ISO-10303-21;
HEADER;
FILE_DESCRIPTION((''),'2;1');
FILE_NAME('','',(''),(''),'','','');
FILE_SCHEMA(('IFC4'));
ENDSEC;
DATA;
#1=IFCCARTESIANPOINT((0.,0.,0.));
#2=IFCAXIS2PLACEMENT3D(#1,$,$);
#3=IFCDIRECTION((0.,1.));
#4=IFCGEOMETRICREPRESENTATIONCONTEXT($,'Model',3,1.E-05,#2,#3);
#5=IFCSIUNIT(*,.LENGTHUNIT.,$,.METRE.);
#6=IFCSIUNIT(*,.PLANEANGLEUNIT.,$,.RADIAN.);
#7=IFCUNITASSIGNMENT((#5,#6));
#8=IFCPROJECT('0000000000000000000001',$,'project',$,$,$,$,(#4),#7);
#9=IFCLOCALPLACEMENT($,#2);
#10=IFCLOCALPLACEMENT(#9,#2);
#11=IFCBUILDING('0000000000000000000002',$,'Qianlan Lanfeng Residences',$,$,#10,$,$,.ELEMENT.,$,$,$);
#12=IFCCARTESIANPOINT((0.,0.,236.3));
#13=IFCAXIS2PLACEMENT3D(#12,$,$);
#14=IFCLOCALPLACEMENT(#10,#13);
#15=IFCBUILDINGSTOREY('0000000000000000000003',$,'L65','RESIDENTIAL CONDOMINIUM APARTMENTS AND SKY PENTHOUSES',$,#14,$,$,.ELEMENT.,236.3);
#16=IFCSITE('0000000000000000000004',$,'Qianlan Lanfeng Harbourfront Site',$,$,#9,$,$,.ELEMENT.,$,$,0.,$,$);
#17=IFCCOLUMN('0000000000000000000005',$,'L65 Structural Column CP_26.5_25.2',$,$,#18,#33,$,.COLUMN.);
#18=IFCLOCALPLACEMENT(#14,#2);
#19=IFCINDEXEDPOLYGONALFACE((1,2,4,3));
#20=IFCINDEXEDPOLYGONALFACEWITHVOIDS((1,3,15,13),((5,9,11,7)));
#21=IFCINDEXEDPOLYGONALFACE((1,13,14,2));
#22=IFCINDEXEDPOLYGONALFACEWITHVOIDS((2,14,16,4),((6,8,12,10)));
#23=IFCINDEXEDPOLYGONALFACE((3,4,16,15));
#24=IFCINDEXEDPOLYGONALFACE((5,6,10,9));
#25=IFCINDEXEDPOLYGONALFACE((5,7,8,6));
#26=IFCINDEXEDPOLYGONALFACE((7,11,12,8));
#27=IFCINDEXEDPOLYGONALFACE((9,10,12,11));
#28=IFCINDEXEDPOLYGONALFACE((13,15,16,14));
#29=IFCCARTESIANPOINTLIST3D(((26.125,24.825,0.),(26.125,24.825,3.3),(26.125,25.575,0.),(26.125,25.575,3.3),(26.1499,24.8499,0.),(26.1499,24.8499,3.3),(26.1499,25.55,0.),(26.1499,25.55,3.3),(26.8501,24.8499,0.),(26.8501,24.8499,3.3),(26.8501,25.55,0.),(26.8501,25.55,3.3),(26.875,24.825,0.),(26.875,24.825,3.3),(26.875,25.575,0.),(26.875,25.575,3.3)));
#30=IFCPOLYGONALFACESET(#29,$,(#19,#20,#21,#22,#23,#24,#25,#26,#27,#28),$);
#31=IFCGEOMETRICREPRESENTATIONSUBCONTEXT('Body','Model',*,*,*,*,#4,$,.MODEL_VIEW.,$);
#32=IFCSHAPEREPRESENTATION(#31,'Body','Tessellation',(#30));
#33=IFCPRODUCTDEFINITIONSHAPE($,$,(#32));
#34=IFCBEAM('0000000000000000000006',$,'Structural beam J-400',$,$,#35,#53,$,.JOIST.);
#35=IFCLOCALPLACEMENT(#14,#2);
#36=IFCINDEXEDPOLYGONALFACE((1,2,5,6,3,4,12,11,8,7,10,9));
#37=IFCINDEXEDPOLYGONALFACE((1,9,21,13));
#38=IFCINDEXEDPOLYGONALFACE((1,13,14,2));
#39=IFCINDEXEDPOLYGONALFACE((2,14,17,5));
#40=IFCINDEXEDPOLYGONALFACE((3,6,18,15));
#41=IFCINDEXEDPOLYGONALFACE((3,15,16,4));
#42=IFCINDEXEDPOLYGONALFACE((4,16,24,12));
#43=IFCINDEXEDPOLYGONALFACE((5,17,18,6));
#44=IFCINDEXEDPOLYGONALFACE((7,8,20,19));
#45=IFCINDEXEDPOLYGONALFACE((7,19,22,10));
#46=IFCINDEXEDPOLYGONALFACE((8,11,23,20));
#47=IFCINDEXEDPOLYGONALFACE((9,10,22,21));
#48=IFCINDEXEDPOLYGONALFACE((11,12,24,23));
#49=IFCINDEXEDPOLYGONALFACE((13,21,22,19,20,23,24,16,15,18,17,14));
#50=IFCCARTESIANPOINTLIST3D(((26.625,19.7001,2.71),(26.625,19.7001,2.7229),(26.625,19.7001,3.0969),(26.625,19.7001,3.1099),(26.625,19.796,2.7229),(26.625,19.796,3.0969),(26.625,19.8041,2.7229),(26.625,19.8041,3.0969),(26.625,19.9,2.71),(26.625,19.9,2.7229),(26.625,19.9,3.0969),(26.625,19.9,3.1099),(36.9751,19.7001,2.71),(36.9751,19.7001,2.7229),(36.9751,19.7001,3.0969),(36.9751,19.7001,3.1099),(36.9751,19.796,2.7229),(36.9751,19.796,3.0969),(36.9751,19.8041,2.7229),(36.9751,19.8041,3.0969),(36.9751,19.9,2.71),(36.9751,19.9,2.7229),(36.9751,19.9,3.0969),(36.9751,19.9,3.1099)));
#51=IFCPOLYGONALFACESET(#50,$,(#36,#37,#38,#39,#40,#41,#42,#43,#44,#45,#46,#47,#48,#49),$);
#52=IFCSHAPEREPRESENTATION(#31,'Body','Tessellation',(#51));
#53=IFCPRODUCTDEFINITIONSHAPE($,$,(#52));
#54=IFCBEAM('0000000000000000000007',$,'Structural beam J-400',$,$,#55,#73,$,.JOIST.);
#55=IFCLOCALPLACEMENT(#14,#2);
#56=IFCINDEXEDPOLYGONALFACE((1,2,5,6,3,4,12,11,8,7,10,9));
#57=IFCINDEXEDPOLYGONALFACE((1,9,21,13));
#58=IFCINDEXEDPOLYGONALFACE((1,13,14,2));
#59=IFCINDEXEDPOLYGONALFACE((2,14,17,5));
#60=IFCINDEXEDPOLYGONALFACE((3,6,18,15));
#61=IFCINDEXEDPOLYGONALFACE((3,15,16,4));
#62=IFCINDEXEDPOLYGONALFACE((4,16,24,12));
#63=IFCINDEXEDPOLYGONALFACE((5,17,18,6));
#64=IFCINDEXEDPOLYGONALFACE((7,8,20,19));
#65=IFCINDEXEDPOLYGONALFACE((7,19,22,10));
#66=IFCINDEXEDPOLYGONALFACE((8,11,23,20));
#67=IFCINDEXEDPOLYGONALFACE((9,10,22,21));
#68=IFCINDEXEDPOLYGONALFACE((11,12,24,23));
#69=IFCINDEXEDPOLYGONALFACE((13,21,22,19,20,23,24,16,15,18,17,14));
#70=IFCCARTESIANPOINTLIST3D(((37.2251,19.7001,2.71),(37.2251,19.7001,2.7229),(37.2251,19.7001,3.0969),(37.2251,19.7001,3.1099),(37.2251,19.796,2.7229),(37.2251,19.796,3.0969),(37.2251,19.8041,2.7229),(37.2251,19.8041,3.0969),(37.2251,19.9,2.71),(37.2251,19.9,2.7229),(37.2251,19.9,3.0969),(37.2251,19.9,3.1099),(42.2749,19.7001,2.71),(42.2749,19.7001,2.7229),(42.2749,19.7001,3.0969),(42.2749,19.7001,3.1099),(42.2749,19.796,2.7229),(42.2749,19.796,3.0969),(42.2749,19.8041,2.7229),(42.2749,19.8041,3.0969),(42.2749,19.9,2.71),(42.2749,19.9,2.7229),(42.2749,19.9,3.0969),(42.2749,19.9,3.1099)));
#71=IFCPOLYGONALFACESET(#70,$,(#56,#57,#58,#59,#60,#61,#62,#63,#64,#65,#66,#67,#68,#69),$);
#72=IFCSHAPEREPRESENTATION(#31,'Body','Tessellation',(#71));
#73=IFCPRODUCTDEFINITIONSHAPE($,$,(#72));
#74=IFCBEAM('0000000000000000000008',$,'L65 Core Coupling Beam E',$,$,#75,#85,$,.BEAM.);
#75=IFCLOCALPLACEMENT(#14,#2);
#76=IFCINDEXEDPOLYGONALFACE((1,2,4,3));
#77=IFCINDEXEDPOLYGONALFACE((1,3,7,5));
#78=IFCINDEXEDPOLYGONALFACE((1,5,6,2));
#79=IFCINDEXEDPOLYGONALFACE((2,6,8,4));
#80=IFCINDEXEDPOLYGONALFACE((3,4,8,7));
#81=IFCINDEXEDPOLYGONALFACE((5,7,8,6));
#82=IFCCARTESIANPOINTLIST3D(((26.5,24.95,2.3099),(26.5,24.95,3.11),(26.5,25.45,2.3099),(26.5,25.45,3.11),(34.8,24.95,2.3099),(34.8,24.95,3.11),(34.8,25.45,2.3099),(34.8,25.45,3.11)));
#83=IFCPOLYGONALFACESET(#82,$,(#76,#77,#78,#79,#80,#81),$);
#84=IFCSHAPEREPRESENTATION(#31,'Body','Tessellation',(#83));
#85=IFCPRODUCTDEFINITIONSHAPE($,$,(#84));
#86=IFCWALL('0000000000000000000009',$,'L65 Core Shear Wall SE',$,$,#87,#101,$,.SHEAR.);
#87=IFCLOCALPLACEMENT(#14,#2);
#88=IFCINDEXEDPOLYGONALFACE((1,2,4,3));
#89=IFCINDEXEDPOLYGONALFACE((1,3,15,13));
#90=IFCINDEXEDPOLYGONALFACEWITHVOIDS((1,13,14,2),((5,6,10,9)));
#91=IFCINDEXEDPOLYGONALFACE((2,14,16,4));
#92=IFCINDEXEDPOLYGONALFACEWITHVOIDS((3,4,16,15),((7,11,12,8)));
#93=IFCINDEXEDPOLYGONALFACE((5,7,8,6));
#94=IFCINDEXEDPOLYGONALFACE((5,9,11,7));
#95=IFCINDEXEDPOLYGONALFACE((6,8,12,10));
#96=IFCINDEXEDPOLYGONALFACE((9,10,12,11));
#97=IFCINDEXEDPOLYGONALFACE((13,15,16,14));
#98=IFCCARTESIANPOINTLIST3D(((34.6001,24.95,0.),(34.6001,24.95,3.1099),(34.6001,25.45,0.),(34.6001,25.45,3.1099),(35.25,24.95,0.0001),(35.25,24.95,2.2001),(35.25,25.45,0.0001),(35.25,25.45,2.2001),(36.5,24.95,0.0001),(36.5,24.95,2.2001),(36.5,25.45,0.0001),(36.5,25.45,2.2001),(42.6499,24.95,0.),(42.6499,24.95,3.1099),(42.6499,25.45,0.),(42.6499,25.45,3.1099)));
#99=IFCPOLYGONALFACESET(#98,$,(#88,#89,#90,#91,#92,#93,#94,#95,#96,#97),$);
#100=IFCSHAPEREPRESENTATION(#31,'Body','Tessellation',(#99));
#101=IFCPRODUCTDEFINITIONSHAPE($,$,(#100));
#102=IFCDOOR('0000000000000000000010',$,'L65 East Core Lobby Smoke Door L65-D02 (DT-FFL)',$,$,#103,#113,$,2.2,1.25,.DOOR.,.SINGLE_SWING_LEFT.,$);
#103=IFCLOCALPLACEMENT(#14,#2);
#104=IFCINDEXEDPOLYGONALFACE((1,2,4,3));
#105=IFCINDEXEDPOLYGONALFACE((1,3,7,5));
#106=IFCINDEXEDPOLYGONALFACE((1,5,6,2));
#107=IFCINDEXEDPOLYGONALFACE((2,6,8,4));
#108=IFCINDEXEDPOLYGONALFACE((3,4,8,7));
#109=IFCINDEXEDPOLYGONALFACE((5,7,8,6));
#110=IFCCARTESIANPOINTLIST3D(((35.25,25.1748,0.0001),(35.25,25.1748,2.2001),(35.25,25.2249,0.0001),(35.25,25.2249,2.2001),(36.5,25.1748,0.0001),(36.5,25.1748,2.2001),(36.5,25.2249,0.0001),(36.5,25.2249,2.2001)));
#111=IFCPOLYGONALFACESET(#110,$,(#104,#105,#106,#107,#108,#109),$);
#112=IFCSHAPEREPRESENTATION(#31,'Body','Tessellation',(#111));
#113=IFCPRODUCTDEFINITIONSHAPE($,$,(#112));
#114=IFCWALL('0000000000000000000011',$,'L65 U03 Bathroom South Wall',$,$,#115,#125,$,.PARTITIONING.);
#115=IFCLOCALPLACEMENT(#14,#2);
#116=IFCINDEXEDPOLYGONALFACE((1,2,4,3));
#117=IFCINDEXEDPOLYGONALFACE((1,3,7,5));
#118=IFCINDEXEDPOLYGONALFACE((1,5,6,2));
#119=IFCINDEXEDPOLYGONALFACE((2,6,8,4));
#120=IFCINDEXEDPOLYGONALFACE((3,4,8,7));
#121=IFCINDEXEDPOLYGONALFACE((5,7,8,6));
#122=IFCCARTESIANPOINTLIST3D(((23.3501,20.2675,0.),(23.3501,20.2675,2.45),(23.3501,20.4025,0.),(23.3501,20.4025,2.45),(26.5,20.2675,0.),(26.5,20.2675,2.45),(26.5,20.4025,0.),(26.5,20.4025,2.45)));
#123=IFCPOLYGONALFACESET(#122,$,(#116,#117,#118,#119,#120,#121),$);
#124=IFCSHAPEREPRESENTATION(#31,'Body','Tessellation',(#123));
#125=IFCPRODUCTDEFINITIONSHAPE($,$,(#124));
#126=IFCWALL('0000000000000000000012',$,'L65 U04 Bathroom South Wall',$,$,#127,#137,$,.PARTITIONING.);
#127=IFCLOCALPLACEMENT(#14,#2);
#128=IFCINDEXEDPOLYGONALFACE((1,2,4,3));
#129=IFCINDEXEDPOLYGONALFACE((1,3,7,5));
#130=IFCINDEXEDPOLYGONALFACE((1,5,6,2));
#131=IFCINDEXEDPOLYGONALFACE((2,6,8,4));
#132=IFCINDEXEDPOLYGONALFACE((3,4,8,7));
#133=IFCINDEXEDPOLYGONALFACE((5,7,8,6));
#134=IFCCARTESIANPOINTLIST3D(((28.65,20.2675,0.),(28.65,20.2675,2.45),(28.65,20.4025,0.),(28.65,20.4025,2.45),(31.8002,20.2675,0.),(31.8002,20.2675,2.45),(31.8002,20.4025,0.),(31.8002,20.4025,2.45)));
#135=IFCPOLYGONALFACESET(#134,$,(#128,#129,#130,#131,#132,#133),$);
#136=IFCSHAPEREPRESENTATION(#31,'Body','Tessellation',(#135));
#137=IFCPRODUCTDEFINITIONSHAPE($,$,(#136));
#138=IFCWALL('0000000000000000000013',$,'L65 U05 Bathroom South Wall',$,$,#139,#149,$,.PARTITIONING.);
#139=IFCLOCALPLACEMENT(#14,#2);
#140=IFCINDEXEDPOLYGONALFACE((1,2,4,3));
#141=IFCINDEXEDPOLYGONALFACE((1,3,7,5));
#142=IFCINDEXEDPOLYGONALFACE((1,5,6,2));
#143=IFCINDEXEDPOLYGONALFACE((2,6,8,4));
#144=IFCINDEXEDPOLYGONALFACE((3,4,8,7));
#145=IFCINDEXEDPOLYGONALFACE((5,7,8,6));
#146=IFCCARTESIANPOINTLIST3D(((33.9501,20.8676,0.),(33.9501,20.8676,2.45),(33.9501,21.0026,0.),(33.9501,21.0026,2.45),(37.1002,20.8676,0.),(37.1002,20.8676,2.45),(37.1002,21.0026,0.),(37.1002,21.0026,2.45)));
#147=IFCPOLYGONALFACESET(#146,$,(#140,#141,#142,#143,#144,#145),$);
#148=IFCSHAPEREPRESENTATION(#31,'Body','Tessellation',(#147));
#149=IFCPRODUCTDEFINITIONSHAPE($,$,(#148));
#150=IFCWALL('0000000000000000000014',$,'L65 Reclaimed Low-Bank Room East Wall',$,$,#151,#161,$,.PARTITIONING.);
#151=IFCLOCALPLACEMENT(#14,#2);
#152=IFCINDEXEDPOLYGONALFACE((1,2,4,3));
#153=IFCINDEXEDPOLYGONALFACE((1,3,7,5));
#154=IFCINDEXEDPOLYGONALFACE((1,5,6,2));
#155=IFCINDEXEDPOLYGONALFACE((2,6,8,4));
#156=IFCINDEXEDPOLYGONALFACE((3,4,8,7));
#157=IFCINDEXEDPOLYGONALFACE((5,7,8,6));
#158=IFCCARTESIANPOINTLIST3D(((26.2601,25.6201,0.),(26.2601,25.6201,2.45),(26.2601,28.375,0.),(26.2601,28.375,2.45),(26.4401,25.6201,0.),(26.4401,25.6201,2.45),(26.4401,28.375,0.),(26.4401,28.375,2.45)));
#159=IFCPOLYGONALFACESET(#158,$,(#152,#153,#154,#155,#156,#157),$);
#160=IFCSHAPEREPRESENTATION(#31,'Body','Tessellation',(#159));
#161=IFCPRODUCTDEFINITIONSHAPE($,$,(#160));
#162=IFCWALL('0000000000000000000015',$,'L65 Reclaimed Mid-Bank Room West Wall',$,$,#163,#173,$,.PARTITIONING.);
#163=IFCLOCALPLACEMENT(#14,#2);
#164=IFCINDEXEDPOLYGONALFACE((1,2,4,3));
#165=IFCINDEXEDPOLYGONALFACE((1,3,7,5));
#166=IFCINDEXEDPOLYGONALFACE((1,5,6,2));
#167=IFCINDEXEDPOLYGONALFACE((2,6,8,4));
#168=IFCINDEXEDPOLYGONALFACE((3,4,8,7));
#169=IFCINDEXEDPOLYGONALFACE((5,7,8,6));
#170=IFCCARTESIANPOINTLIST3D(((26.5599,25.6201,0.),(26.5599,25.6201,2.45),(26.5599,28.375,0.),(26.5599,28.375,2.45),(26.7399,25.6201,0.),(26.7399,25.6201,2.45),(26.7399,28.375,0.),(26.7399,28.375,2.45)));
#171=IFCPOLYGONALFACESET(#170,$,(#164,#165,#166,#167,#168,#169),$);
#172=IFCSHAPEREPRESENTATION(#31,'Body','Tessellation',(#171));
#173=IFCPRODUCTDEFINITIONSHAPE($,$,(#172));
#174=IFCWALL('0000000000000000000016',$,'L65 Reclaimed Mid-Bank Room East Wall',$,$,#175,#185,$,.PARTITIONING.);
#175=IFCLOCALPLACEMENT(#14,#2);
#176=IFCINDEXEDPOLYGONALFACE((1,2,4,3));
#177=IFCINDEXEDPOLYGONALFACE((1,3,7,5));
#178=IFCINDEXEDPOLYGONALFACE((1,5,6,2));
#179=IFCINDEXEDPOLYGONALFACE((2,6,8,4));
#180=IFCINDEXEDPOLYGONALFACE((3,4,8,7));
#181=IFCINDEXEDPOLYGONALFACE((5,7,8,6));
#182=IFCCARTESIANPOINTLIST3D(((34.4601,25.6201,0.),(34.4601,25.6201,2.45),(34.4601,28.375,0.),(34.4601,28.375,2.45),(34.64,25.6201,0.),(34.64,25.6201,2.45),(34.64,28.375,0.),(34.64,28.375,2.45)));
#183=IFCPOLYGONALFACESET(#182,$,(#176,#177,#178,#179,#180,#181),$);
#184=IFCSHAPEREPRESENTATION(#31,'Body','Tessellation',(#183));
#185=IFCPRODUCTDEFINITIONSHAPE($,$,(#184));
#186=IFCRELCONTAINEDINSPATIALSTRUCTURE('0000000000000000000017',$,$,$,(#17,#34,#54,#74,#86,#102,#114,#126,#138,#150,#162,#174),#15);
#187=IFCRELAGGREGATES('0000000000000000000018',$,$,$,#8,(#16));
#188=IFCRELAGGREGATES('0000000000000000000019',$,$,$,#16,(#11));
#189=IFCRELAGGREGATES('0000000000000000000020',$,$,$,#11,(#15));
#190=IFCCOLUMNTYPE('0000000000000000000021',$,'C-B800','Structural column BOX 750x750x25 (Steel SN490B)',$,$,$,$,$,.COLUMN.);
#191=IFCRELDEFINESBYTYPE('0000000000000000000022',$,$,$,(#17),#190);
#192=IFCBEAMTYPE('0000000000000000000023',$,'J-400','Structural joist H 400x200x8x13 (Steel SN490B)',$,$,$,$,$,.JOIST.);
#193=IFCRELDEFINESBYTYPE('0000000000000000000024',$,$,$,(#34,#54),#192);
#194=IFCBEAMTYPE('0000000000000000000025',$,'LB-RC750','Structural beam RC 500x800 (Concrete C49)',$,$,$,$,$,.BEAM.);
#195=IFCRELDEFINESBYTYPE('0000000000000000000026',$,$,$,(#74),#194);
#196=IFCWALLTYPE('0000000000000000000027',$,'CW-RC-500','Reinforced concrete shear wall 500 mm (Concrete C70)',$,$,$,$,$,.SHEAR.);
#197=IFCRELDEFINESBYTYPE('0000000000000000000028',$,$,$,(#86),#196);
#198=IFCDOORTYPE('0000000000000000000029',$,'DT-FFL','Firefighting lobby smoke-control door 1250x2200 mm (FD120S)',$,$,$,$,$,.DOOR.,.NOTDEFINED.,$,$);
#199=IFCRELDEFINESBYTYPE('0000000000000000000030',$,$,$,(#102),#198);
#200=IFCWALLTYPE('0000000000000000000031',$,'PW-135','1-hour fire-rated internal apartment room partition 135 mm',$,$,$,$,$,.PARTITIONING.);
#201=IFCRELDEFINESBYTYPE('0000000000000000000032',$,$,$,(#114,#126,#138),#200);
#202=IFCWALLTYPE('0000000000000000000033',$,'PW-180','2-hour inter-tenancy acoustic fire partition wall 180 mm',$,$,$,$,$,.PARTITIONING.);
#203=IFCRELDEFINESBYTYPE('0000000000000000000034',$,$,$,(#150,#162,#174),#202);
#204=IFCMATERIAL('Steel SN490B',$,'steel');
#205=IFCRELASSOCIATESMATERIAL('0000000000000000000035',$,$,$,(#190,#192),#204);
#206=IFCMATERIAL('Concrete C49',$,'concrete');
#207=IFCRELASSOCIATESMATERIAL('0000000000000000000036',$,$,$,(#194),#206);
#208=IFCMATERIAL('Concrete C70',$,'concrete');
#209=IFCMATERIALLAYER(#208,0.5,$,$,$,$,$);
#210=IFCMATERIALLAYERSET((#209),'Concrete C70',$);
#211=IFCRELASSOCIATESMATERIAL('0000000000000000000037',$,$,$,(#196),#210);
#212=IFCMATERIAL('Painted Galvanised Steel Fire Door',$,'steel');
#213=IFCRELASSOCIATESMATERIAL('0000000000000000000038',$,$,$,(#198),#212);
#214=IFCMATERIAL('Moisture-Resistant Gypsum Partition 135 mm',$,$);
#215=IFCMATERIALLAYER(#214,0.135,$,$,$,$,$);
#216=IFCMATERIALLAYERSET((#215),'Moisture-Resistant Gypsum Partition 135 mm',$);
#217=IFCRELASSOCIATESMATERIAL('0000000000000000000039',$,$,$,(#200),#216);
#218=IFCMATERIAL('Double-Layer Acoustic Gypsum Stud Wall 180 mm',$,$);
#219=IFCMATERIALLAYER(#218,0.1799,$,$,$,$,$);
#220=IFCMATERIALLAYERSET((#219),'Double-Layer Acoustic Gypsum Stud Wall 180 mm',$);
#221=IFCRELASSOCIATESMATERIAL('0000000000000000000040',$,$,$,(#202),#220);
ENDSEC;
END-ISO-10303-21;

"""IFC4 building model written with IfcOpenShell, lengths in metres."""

from ifc_helpers import new_model, si_unit, direction, frame, frame_2d, origin, origin_2d, place, context, subcontext, project, spatial, rectangle, hollow_rectangle, i_section, extrude, material, layer, layer_set, material_profile, profile_set, type_object, element, fill, save


model = new_model("IFC4")

# Units and contexts
model_context = context("Model", 3, precision=1e-05, world=origin(), true_north=direction((0.0, 1.0)))
body_context = subcontext(model_context, "Body", "Model", "MODEL_VIEW")
ifc_project = project(units=[si_unit("LENGTHUNIT", "METRE"), si_unit("PLANEANGLEUNIT", "RADIAN")], contexts=[model_context])

# Site, building, storey
site_placement = place(None, origin())
site = spatial("IfcSite", under=ifc_project, at=site_placement, Name="Qianlan Lanfeng Harbourfront Site", CompositionType="ELEMENT", RefElevation=0.0)
building_placement = place(site_placement, origin())
building = spatial("IfcBuilding", under=site, at=building_placement, Name="Qianlan Lanfeng Residences", CompositionType="ELEMENT")
storey_placement = place(building_placement, frame((0.0, 0.0, 236.3)))
storey = spatial("IfcBuildingStorey", under=building, at=storey_placement, Name="L65", Description="RESIDENTIAL CONDOMINIUM APARTMENTS AND SKY PENTHOUSES", CompositionType="ELEMENT", Elevation=236.3)

# Column
ifc_material_1 = material(Name="Steel SN490B", Category="steel")
ifc_material_profile_1 = material_profile(ifc_material_1, hollow_rectangle(XDim=0.75, YDim=0.75, WallThickness=0.0249, at=origin_2d()), Name="BOX 750x750x25")
ifc_profile_set_1 = profile_set([ifc_material_profile_1], Name="Steel SN490B")
column_type = type_object("IfcColumnType", Name="C-B800", Description="Structural column BOX 750x750x25 (Steel SN490B)", PredefinedType="COLUMN", material=ifc_profile_set_1)
column_placement = place(storey_placement, frame((26.5, 25.2, 0.0), z_axis=(0.0, 0.0, 1.0), x_axis=(1.0, 0.0, 0.0)))
element("IfcColumn", 1, at=column_placement, inside=storey, type_object=column_type, Name="L65 Structural Column CP_26.5_25.2", PredefinedType="COLUMN", context=body_context, shape_type="SweptSolid", body=[
    extrude(hollow_rectangle(XDim=0.75, YDim=0.75, WallThickness=0.0249, at=origin_2d()), origin(), (0.0, 0.0, 1.0), 3.3),
])

# Beams
ifc_material_profile_2 = material_profile(ifc_material_1, i_section(OverallWidth=0.2, OverallDepth=0.3999, WebThickness=0.0081, FlangeThickness=0.0129, at=origin_2d()), Name="H 400x200x8x13")
ifc_profile_set_2 = profile_set([ifc_material_profile_2], Name="Steel SN490B")
beam_type_1 = type_object("IfcBeamType", Name="J-400", Description="Structural joist H 400x200x8x13 (Steel SN490B)", PredefinedType="JOIST", material=ifc_profile_set_2)
beam_1_placement = place(storey_placement, frame((26.625, 19.8, 2.9099), z_axis=(1.0, 0.0, 0.0), x_axis=(0.0, 1.0, 0.0)))
element("IfcBeam", 2, at=beam_1_placement, inside=storey, type_object=beam_type_1, Name="Structural beam J-400", PredefinedType="JOIST", context=body_context, shape_type="SweptSolid", body=[
    extrude(i_section(OverallWidth=0.2, OverallDepth=0.3999, WebThickness=0.0081, FlangeThickness=0.0129, at=origin_2d()), origin(), (0.0, 0.0, 1.0), 10.3501),
])
beam_2_placement = place(storey_placement, frame((37.2251, 19.8, 2.9099), z_axis=(1.0, 0.0, 0.0), x_axis=(0.0, 1.0, 0.0)))
element("IfcBeam", 3, at=beam_2_placement, inside=storey, type_object=beam_type_1, Name="Structural beam J-400", PredefinedType="JOIST", context=body_context, shape_type="SweptSolid", body=[
    extrude(i_section(OverallWidth=0.2, OverallDepth=0.3999, WebThickness=0.0081, FlangeThickness=0.0129, at=origin_2d()), origin(), (0.0, 0.0, 1.0), 5.0498),
])
ifc_material_2 = material(Name="Concrete C49", Category="concrete")
ifc_material_profile_3 = material_profile(ifc_material_2, rectangle(XDim=0.5, YDim=0.8, at=origin_2d()), Name="RC 500x800")
ifc_profile_set_3 = profile_set([ifc_material_profile_3], Name="Concrete C49")
beam_type_2 = type_object("IfcBeamType", Name="LB-RC750", Description="Structural beam RC 500x800 (Concrete C49)", PredefinedType="BEAM", material=ifc_profile_set_3)
beam_3_placement = place(storey_placement, frame((26.5, 25.2, 2.71), z_axis=(1.0, 0.0, 0.0), x_axis=(0.0, 1.0, 0.0)))
element("IfcBeam", 4, at=beam_3_placement, inside=storey, type_object=beam_type_2, Name="L65 Core Coupling Beam E", PredefinedType="BEAM", context=body_context, shape_type="SweptSolid", body=[
    extrude(rectangle(XDim=0.5, YDim=0.8, at=origin_2d()), origin(), (0.0, 0.0, 1.0), 8.3),
])

# Wall, opening, door
ifc_material_3 = material(Name="Concrete C70", Category="concrete")
ifc_layer_1 = layer(ifc_material_3, 0.5)
ifc_layer_set_1 = layer_set([ifc_layer_1], Name="Concrete C70")
wall_type_1 = type_object("IfcWallType", Name="CW-RC-500", Description="Reinforced concrete shear wall 500 mm (Concrete C70)", PredefinedType="SHEAR", material=ifc_layer_set_1)
wall_1_placement = place(storey_placement, frame((34.6001, 25.2, 0.0), z_axis=(0.0, 0.0, 1.0), x_axis=(1.0, 0.0, 0.0)))
wall_1 = element("IfcWall", 5, at=wall_1_placement, inside=storey, type_object=wall_type_1, Name="L65 Core Shear Wall SE", PredefinedType="SHEAR", context=body_context, shape_type="SweptSolid", body=[
    extrude(rectangle(XDim=8.0498, YDim=0.5, at=frame_2d((4.0249, 0.0))), origin(), (0.0, 0.0, 1.0), 3.1099),
])
opening_1_placement = place(wall_1_placement, frame((0.6499, 0.0, 0.0)))
opening_1 = element("IfcOpeningElement", 6, at=opening_1_placement, cuts=wall_1, PredefinedType="OPENING", context=body_context, shape_type="SweptSolid", body=[
    extrude(rectangle(XDim=1.25, YDim=2.2, at=frame_2d((0.625, 1.1001))), frame((0.0, 0.26, 0.0), z_axis=(0.0, -1.0, 0.0), x_axis=(1.0, 0.0, 0.0)), (0.0, 0.0, 1.0), 0.52),
])
ifc_material_4 = material(Name="Painted Galvanised Steel Fire Door", Category="steel")
door_type_1 = type_object("IfcDoorType", Name="DT-FFL", Description="Firefighting lobby smoke-control door 1250x2200 mm (FD120S)", OperationType="NOTDEFINED", PredefinedType="DOOR", material=ifc_material_4)
door_1_placement = place(opening_1_placement, origin())
door_1 = element("IfcDoor", 7, at=door_1_placement, inside=storey, type_object=door_type_1, Name="L65 East Core Lobby Smoke Door L65-D02 (DT-FFL)", OperationType="SINGLE_SWING_LEFT", OverallHeight=2.2, OverallWidth=1.25, PredefinedType="DOOR", context=body_context, shape_type="SweptSolid", body=[
    extrude(rectangle(XDim=1.25, YDim=2.2, at=frame_2d((0.625, 1.1001))), frame((0.0, 0.0249, 0.0), z_axis=(0.0, -1.0, 0.0), x_axis=(1.0, 0.0, 0.0)), (0.0, 0.0, 1.0), 0.05),
])
fill(opening_1, door_1)

# Walls
ifc_material_5 = material(Name="Moisture-Resistant Gypsum Partition 135 mm")
ifc_layer_2 = layer(ifc_material_5, 0.135)
ifc_layer_set_2 = layer_set([ifc_layer_2], Name="Moisture-Resistant Gypsum Partition 135 mm")
wall_type_2 = type_object("IfcWallType", Name="PW-135", Description="1-hour fire-rated internal apartment room partition 135 mm", PredefinedType="PARTITIONING", material=ifc_layer_set_2)
wall_2_placement = place(storey_placement, frame((23.3501, 20.335, 0.0), z_axis=(0.0, 0.0, 1.0), x_axis=(1.0, 0.0, 0.0)))
element("IfcWall", 8, at=wall_2_placement, inside=storey, type_object=wall_type_2, Name="L65 U03 Bathroom South Wall", PredefinedType="PARTITIONING", context=body_context, shape_type="SweptSolid", body=[
    extrude(rectangle(XDim=3.1499, YDim=0.135, at=frame_2d((1.575, 0.0))), origin(), (0.0, 0.0, 1.0), 2.45),
])
for number, where, z_axis, x_axis, name in (
    (9, (28.6499, 20.335, 0.0), (0.0, 0.0, 1.0), (1.0, 0.0, 0.0), "L65 U04 Bathroom South Wall"),
    (10, (33.95, 20.9351, 0.0), (0.0, 0.0, 1.0), (1.0, 0.0, 0.0), "L65 U05 Bathroom South Wall"),
):
    element("IfcWall", number, at=place(storey_placement, frame(where, z_axis=z_axis, x_axis=x_axis)), inside=storey, type_object=wall_type_2, Name=name, PredefinedType="PARTITIONING", context=body_context, shape_type="SweptSolid", body=[
        extrude(rectangle(XDim=3.1501, YDim=0.135, at=frame_2d((1.5752, 0.0))), origin(), (0.0, 0.0, 1.0), 2.45),
    ])

# Shared definitions
ifc_material_6 = material(Name="Double-Layer Acoustic Gypsum Stud Wall 180 mm")
ifc_layer_3 = layer(ifc_material_6, 0.1799)
ifc_layer_set_3 = layer_set([ifc_layer_3], Name="Double-Layer Acoustic Gypsum Stud Wall 180 mm")
wall_type_3 = type_object("IfcWallType", Name="PW-180", Description="2-hour inter-tenancy acoustic fire partition wall 180 mm", PredefinedType="PARTITIONING", material=ifc_layer_set_3)

# Walls
for number, where, z_axis, x_axis, name in (
    (11, (26.3501, 25.6201, 0.0), (0.0, 0.0, 1.0), (0.0, 1.0, 0.0), "L65 Reclaimed Low-Bank Room East Wall"),
    (12, (26.6499, 25.6201, 0.0), (0.0, 0.0, 1.0), (0.0, 1.0, 0.0), "L65 Reclaimed Mid-Bank Room West Wall"),
    (13, (34.55, 25.6201, 0.0), (0.0, 0.0, 1.0), (0.0, 1.0, 0.0), "L65 Reclaimed Mid-Bank Room East Wall"),
):
    element("IfcWall", number, at=place(storey_placement, frame(where, z_axis=z_axis, x_axis=x_axis)), inside=storey, type_object=wall_type_3, Name=name, PredefinedType="PARTITIONING", context=body_context, shape_type="SweptSolid", body=[
        extrude(rectangle(XDim=2.7549, YDim=0.1799, at=frame_2d((1.3774, 0.0))), origin(), (0.0, 0.0, 1.0), 2.45),
    ])

save(model, "model.ifc")
